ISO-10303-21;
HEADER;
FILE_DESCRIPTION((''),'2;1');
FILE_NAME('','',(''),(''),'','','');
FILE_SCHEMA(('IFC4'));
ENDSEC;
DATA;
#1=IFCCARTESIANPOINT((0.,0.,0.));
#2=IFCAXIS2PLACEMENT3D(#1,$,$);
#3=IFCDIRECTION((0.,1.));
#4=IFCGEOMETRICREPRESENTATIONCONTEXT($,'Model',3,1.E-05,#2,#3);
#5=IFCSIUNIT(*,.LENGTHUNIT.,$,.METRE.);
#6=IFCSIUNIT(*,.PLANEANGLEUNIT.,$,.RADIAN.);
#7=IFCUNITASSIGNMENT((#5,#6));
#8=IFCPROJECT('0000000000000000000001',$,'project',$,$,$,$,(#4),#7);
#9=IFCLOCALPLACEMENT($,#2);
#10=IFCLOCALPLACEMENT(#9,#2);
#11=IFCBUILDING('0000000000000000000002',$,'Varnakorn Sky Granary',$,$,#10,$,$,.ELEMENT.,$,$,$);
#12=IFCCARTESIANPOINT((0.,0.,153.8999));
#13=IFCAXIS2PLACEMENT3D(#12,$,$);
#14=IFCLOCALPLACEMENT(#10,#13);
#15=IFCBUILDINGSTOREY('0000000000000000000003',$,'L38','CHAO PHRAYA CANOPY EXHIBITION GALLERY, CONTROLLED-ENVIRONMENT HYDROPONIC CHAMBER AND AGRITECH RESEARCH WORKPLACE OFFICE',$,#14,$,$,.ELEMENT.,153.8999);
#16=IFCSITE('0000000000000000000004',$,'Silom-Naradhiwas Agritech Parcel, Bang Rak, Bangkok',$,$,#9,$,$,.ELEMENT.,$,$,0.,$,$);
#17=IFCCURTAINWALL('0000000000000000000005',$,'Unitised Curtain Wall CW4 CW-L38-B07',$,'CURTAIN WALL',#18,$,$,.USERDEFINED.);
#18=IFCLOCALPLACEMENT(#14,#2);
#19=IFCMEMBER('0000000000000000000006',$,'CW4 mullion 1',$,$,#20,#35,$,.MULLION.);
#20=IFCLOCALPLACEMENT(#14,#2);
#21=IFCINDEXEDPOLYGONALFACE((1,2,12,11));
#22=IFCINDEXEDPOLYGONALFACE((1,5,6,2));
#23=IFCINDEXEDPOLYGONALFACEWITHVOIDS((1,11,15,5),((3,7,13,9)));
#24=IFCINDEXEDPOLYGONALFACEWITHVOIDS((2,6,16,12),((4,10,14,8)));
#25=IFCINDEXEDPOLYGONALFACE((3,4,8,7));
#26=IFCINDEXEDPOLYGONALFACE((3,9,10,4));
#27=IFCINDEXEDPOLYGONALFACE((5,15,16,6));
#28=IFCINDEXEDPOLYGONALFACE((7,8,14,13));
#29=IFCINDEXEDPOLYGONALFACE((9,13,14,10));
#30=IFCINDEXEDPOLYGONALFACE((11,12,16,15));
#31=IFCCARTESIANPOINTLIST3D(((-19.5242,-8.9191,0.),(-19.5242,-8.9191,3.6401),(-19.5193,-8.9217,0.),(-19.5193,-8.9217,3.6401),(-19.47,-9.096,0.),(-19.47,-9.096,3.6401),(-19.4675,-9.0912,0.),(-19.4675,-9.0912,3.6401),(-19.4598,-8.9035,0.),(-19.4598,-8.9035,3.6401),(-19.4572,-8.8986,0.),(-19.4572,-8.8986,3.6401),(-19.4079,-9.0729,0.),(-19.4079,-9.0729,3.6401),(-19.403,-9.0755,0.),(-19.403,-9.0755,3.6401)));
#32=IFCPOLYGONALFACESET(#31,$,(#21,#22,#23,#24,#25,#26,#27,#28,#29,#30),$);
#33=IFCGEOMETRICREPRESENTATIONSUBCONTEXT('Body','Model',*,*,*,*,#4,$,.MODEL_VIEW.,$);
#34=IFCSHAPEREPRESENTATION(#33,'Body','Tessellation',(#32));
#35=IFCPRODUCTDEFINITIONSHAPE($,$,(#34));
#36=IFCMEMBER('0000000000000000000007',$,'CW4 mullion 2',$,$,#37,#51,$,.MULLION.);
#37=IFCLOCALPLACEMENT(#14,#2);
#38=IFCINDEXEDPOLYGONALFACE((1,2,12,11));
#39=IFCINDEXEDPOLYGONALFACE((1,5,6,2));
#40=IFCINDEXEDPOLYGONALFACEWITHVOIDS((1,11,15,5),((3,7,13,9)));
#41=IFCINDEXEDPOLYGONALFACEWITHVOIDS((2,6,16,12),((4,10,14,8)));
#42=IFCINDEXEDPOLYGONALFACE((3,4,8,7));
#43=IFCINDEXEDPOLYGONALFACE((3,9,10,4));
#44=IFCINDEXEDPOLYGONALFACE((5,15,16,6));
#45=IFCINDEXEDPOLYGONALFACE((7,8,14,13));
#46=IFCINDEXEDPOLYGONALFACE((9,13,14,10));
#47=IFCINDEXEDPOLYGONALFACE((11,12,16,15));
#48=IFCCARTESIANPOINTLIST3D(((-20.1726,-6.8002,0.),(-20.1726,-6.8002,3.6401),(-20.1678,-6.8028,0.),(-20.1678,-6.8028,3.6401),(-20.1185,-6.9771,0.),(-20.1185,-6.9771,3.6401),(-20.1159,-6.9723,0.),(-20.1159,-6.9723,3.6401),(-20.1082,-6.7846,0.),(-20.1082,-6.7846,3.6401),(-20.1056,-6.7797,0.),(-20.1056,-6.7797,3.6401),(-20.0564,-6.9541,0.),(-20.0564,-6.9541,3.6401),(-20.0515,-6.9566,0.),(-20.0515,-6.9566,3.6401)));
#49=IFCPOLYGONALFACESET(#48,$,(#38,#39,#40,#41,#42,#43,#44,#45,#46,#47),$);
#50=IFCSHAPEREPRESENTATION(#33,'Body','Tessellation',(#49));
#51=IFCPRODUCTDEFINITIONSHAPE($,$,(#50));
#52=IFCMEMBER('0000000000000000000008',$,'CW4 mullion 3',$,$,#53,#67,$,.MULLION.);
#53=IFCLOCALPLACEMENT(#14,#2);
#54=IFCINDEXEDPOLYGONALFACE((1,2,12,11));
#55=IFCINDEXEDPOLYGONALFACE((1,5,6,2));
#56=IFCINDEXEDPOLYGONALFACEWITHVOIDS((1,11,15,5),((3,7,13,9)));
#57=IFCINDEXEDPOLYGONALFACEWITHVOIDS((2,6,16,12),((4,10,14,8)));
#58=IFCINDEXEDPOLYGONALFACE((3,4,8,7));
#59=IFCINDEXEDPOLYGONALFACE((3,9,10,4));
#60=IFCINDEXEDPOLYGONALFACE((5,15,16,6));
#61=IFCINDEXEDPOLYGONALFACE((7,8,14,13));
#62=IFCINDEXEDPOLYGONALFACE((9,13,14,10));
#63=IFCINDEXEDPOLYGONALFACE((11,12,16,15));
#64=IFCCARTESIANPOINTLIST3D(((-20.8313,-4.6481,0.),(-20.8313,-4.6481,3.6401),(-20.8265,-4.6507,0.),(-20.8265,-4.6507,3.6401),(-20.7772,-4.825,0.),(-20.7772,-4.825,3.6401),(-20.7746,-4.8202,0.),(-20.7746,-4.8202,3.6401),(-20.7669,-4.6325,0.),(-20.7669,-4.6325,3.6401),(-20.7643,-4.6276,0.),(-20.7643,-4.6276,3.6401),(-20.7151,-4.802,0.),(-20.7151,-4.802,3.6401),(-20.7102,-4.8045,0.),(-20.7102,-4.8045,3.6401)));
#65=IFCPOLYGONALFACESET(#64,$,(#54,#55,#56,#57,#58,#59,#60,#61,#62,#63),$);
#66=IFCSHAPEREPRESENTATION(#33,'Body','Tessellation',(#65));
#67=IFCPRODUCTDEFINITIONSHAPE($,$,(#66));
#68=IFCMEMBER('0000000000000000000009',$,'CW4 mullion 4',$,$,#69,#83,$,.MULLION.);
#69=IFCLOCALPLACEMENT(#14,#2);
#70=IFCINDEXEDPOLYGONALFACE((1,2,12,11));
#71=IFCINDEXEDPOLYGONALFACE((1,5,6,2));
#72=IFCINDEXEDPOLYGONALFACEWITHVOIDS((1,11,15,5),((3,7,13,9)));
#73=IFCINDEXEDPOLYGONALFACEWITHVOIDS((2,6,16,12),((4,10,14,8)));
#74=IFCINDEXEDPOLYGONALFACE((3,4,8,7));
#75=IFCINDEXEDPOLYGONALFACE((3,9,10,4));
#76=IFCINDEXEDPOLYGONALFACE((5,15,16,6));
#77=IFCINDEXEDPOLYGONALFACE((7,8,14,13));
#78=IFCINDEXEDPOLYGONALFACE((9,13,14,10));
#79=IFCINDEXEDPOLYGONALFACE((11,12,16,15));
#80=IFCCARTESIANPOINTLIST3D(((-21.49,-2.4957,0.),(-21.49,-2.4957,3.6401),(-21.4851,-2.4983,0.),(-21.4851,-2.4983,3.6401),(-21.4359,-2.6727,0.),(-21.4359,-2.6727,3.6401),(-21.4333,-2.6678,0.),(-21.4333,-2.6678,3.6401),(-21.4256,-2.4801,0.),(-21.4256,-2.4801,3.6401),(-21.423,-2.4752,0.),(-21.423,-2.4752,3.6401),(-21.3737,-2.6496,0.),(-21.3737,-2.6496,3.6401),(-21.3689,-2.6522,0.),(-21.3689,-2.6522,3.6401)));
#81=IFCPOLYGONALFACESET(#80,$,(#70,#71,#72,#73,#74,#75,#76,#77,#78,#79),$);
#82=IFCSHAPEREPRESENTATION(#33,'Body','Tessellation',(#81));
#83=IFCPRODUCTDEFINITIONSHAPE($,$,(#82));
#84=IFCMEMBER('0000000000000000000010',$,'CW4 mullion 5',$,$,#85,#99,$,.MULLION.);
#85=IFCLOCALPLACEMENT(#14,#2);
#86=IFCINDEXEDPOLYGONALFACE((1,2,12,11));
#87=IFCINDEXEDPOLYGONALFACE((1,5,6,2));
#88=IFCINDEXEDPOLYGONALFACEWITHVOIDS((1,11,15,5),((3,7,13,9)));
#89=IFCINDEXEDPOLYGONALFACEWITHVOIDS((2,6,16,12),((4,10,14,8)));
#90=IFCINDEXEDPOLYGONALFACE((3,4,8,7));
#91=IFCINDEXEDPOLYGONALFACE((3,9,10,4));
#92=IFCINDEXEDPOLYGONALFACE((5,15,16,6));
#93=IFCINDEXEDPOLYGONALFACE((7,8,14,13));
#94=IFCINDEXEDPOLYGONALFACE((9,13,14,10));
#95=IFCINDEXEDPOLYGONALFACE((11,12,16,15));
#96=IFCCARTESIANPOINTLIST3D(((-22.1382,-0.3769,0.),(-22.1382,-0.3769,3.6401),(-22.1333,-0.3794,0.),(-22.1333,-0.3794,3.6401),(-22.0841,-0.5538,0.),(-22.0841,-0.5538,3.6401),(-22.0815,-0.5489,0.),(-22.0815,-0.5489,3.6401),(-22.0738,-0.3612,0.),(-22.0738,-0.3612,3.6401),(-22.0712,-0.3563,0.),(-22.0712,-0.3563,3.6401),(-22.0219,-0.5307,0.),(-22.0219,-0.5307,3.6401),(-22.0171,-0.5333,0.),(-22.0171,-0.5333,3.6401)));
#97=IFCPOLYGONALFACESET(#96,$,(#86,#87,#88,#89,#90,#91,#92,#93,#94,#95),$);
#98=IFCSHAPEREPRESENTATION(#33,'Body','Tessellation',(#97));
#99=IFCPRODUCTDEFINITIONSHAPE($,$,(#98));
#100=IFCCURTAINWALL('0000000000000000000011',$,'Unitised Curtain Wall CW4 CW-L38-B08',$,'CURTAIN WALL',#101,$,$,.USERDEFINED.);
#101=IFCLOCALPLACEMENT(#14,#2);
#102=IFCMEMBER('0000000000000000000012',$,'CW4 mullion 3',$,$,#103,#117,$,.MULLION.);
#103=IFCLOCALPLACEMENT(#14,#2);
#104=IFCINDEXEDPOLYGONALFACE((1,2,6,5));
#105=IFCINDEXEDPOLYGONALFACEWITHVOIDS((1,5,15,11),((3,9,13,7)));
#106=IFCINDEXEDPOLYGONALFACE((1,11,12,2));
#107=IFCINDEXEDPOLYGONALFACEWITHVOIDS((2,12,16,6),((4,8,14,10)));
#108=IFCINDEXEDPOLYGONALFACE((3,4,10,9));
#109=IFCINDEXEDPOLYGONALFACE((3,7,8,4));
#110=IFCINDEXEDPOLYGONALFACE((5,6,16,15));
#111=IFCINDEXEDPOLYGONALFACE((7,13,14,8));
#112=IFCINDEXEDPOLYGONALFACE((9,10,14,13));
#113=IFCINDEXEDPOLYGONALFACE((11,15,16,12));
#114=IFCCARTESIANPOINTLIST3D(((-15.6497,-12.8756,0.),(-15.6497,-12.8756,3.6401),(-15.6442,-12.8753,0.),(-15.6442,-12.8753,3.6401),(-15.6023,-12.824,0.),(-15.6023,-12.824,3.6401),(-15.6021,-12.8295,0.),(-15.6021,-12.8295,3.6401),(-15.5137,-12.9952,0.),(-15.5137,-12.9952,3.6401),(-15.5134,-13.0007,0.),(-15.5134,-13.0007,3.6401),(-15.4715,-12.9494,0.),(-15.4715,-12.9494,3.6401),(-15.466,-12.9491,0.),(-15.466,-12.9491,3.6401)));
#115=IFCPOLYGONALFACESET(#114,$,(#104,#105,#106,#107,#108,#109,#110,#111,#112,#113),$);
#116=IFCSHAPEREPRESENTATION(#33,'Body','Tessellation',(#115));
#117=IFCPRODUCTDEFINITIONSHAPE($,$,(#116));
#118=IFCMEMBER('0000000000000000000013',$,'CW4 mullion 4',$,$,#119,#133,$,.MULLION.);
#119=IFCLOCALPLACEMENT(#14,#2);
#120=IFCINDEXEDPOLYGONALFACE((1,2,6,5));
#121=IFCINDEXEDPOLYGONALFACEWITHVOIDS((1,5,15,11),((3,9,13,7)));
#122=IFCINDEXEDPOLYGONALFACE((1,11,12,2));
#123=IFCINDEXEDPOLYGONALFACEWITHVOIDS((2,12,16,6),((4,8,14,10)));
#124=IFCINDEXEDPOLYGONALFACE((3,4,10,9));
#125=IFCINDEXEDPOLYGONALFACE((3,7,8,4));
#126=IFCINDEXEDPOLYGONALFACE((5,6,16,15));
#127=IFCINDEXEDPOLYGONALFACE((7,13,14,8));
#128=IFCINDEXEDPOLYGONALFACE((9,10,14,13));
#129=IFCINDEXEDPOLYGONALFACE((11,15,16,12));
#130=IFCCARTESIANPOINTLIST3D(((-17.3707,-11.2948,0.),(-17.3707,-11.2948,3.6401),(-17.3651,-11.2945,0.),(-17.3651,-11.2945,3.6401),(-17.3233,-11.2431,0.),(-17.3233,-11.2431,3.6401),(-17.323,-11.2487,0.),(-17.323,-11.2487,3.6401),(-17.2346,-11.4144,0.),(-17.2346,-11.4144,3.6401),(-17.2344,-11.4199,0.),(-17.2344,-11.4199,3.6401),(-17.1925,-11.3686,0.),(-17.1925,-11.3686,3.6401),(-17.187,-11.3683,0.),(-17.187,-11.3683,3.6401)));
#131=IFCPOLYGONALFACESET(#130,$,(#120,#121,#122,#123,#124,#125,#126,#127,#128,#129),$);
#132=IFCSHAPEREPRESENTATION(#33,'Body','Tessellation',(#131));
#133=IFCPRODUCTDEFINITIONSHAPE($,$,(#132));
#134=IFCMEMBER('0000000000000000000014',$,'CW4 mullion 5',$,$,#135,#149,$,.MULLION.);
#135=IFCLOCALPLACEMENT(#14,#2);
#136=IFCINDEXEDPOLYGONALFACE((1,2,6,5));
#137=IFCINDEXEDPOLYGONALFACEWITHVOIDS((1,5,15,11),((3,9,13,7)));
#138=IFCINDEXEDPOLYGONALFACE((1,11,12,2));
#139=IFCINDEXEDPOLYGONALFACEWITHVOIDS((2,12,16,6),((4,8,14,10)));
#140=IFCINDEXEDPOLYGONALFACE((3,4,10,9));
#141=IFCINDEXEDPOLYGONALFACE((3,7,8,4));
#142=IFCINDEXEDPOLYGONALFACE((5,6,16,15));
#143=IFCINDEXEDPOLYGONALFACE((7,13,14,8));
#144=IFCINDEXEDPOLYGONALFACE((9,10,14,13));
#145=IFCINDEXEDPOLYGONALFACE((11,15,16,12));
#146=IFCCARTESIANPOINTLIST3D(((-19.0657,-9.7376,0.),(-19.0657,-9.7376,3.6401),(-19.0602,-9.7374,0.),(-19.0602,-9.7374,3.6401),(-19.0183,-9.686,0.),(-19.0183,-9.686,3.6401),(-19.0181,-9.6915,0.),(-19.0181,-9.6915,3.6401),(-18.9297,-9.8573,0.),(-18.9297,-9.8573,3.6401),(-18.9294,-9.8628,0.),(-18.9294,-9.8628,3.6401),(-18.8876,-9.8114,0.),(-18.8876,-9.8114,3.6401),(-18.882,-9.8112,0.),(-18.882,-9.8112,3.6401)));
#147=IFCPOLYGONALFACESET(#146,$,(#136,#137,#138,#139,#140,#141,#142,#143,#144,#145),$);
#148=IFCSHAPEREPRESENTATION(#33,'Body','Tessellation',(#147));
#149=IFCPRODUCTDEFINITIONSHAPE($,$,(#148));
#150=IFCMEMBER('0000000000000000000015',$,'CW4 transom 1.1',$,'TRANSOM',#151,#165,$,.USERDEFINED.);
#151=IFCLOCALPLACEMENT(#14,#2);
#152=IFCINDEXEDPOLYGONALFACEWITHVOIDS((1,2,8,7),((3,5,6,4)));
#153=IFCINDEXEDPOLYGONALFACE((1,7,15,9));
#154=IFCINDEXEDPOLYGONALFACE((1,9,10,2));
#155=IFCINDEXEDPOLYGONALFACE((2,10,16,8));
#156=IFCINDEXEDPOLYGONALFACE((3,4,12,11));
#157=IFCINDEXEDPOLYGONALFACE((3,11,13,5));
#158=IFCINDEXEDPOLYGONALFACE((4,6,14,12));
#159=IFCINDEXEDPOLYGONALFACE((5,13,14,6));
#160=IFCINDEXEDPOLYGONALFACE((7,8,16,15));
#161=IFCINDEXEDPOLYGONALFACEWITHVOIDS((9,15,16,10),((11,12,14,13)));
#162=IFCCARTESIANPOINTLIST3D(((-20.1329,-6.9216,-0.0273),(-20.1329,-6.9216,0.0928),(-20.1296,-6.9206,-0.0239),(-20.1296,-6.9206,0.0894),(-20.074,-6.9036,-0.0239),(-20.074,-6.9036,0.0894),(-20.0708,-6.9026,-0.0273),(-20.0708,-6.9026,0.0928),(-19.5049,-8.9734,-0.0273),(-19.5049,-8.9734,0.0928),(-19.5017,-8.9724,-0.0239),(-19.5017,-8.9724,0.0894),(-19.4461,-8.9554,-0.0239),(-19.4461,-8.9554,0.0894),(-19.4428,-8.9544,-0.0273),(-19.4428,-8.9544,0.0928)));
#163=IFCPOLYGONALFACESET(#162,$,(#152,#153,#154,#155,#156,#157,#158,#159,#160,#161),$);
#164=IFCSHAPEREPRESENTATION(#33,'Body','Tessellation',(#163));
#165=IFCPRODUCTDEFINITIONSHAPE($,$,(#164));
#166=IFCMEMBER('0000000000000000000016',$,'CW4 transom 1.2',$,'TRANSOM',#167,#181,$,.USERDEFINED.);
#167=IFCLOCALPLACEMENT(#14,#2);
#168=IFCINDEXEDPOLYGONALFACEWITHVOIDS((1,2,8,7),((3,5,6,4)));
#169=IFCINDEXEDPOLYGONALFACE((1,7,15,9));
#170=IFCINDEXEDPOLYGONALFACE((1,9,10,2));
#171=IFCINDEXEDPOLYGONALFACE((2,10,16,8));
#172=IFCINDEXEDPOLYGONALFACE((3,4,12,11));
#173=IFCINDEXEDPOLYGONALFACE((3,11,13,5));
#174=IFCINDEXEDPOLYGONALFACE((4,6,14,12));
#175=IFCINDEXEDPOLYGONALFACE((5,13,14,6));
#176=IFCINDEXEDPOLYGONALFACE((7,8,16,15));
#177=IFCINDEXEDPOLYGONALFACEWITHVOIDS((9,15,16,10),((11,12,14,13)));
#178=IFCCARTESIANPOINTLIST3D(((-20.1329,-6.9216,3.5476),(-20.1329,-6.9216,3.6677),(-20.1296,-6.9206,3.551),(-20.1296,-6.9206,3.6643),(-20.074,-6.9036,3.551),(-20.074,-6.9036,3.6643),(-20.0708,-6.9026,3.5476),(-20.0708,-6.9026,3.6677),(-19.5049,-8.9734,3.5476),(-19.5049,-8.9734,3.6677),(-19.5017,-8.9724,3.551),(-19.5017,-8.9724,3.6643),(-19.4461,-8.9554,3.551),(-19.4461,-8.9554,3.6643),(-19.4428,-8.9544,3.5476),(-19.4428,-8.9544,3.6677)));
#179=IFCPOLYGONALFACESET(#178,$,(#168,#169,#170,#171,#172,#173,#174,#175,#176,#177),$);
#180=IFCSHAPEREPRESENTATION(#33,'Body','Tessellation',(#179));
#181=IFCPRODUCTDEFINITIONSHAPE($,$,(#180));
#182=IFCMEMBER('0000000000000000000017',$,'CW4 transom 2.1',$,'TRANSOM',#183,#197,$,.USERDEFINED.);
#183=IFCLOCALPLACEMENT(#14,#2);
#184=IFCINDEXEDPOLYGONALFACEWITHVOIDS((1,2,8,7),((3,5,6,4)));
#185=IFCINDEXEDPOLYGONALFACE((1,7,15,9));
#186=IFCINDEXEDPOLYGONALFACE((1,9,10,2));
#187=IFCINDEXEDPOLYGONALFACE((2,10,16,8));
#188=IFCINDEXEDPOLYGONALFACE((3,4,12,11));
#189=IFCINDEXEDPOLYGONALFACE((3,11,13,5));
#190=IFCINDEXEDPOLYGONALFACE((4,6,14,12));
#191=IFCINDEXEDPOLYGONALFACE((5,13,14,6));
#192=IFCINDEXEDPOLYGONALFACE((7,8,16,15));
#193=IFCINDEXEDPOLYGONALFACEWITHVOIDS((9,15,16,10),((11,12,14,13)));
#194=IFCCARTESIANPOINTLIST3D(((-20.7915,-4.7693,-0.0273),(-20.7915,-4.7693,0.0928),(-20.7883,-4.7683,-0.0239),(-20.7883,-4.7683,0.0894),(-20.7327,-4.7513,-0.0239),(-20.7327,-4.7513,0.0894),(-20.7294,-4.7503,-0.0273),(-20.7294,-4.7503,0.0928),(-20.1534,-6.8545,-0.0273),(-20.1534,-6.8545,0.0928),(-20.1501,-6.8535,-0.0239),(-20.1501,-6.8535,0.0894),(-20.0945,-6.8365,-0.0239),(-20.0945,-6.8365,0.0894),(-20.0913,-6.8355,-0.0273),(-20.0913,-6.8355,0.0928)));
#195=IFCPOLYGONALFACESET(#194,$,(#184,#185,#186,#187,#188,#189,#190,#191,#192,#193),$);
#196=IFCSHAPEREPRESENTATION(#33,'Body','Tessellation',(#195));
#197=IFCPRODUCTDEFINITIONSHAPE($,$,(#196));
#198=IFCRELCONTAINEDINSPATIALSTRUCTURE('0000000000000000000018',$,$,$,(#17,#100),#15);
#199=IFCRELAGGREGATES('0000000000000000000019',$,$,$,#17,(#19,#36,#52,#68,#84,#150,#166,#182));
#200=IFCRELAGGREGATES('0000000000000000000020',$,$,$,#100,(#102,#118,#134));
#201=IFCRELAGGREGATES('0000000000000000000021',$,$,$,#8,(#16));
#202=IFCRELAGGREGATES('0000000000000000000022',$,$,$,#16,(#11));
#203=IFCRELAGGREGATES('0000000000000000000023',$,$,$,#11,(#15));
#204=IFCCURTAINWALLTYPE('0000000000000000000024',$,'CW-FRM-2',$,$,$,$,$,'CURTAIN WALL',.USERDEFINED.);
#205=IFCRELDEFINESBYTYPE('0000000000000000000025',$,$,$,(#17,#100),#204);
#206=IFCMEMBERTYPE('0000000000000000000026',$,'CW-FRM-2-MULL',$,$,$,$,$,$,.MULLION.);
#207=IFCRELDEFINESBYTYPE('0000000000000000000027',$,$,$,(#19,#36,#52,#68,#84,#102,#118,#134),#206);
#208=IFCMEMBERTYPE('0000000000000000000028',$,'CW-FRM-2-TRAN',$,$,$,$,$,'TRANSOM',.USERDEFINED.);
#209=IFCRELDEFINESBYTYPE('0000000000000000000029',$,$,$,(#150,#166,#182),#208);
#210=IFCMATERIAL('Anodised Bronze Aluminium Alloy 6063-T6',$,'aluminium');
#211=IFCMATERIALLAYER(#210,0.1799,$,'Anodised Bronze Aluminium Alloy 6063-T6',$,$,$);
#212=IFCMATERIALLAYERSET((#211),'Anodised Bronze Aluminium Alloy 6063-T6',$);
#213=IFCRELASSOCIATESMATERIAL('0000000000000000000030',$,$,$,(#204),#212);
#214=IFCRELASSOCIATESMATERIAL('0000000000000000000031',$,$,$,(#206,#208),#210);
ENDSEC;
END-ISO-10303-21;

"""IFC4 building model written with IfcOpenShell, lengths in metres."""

from ifc_helpers import new_model, si_unit, direction, frame, origin, origin_2d, place, context, subcontext, project, spatial, hollow_rectangle, extrude, material, layer, layer_set, material_profile, profile_set, type_object, element, aggregate, save


model = new_model("IFC4")

# Units and contexts
model_context = context("Model", 3, precision=1e-05, world=origin(), true_north=direction((0.0, 1.0)))
body_context = subcontext(model_context, "Body", "Model", "MODEL_VIEW")
ifc_project = project(units=[si_unit("LENGTHUNIT", "METRE"), si_unit("PLANEANGLEUNIT", "RADIAN")], contexts=[model_context])

# Site, building, storey
site_placement = place(None, origin())
site = spatial("IfcSite", under=ifc_project, at=site_placement, Name="Silom-Naradhiwas Agritech Parcel, Bang Rak, Bangkok", CompositionType="ELEMENT", RefElevation=0.0)
building_placement = place(site_placement, origin())
building = spatial("IfcBuilding", under=site, at=building_placement, Name="Varnakorn Sky Granary", CompositionType="ELEMENT")
storey_placement = place(building_placement, frame((0.0, 0.0, 153.8999)))
storey = spatial("IfcBuildingStorey", under=building, at=storey_placement, Name="L38", Description="CHAO PHRAYA CANOPY EXHIBITION GALLERY, CONTROLLED-ENVIRONMENT HYDROPONIC CHAMBER AND AGRITECH RESEARCH WORKPLACE OFFICE", CompositionType="ELEMENT", Elevation=153.8999)

# Curtain walls, members
ifc_material_1 = material(Name="Anodised Bronze Aluminium Alloy 6063-T6", Category="aluminium")
ifc_layer_1 = layer(ifc_material_1, 0.1799, Name="Anodised Bronze Aluminium Alloy 6063-T6")
ifc_layer_set_1 = layer_set([ifc_layer_1], Name="Anodised Bronze Aluminium Alloy 6063-T6")
curtain_wall_type = type_object("IfcCurtainWallType", Name="CW-FRM-2", ElementType="CURTAIN WALL", PredefinedType="USERDEFINED", material=ifc_layer_set_1)
curtain_wall_1_placement = place(storey_placement, origin())
curtain_wall_1 = element("IfcCurtainWall", 1, at=curtain_wall_1_placement, inside=storey, type_object=curtain_wall_type, Name="Unitised Curtain Wall CW4 CW-L38-B07", ObjectType="CURTAIN WALL", PredefinedType="USERDEFINED")
ifc_material_profile_1 = material_profile(ifc_material_1, hollow_rectangle(XDim=0.0701, YDim=0.1851, WallThickness=0.0039, at=origin_2d()), Name="ALU MULL 70x185")
ifc_profile_set_1 = profile_set([ifc_material_profile_1], Name="Anodised Bronze Aluminium Alloy 6063-T6")
member_type_1 = type_object("IfcMemberType", Name="CW-FRM-2-MULL", PredefinedType="MULLION", material=ifc_profile_set_1)
member_1_placement = place(storey_placement, frame((-19.4636, -8.9973, 0.0), z_axis=(0.0, 0.0, 1.0), x_axis=(-0.956229, -0.292619, 0.0)))
member_1 = element("IfcMember", 2, at=member_1_placement, type_object=member_type_1, Name="CW4 mullion 1", PredefinedType="MULLION", context=body_context, shape_type="SweptSolid", body=[
    extrude(hollow_rectangle(XDim=0.0701, YDim=0.1851, WallThickness=0.0039, at=origin_2d()), origin(), (0.0, 0.0, 1.0), 3.6401),
])
member_2_placement = place(storey_placement, frame((-20.1121, -6.8784, 0.0), z_axis=(0.0, 0.0, 1.0), x_axis=(-0.956229, -0.292619, 0.0)))
member_2 = element("IfcMember", 3, at=member_2_placement, type_object=member_type_1, Name="CW4 mullion 2", PredefinedType="MULLION", context=body_context, shape_type="SweptSolid", body=[
    extrude(hollow_rectangle(XDim=0.0701, YDim=0.1851, WallThickness=0.0039, at=origin_2d()), origin(), (0.0, 0.0, 1.0), 3.6401),
])
member_3_placement = place(storey_placement, frame((-20.7708, -4.7263, 0.0), z_axis=(0.0, 0.0, 1.0), x_axis=(-0.956229, -0.292619, 0.0)))
member_3 = element("IfcMember", 4, at=member_3_placement, type_object=member_type_1, Name="CW4 mullion 3", PredefinedType="MULLION", context=body_context, shape_type="SweptSolid", body=[
    extrude(hollow_rectangle(XDim=0.0701, YDim=0.1851, WallThickness=0.0039, at=origin_2d()), origin(), (0.0, 0.0, 1.0), 3.6401),
])
member_4_placement = place(storey_placement, frame((-21.4294, -2.574, 0.0), z_axis=(0.0, 0.0, 1.0), x_axis=(-0.956229, -0.292619, 0.0)))
member_4 = element("IfcMember", 5, at=member_4_placement, type_object=member_type_1, Name="CW4 mullion 4", PredefinedType="MULLION", context=body_context, shape_type="SweptSolid", body=[
    extrude(hollow_rectangle(XDim=0.0701, YDim=0.1851, WallThickness=0.0039, at=origin_2d()), origin(), (0.0, 0.0, 1.0), 3.6401),
])
member_5_placement = place(storey_placement, frame((-22.0776, -0.4551, 0.0), z_axis=(0.0, 0.0, 1.0), x_axis=(-0.956229, -0.292619, 0.0)))
member_5 = element("IfcMember", 6, at=member_5_placement, type_object=member_type_1, Name="CW4 mullion 5", PredefinedType="MULLION", context=body_context, shape_type="SweptSolid", body=[
    extrude(hollow_rectangle(XDim=0.0701, YDim=0.1851, WallThickness=0.0039, at=origin_2d()), origin(), (0.0, 0.0, 1.0), 3.6401),
])
curtain_wall_2_placement = place(storey_placement, origin())
curtain_wall_2 = element("IfcCurtainWall", 7, at=curtain_wall_2_placement, inside=storey, type_object=curtain_wall_type, Name="Unitised Curtain Wall CW4 CW-L38-B08", ObjectType="CURTAIN WALL", PredefinedType="USERDEFINED")
member_6_placement = place(storey_placement, frame((-15.5579, -12.9124, 0.0), z_axis=(0.0, 0.0, 1.0), x_axis=(-0.676472, -0.736469, 0.0)))
member_6 = element("IfcMember", 8, at=member_6_placement, type_object=member_type_1, Name="CW4 mullion 3", PredefinedType="MULLION", context=body_context, shape_type="SweptSolid", body=[
    extrude(hollow_rectangle(XDim=0.0701, YDim=0.1851, WallThickness=0.0039, at=origin_2d()), origin(), (0.0, 0.0, 1.0), 3.6401),
])
member_7_placement = place(storey_placement, frame((-17.2788, -11.3315, 0.0), z_axis=(0.0, 0.0, 1.0), x_axis=(-0.676472, -0.736469, 0.0)))
member_7 = element("IfcMember", 9, at=member_7_placement, type_object=member_type_1, Name="CW4 mullion 4", PredefinedType="MULLION", context=body_context, shape_type="SweptSolid", body=[
    extrude(hollow_rectangle(XDim=0.0701, YDim=0.1851, WallThickness=0.0039, at=origin_2d()), origin(), (0.0, 0.0, 1.0), 3.6401),
])
member_8_placement = place(storey_placement, frame((-18.9739, -9.7744, 0.0), z_axis=(0.0, 0.0, 1.0), x_axis=(-0.676472, -0.736469, 0.0)))
member_8 = element("IfcMember", 10, at=member_8_placement, type_object=member_type_1, Name="CW4 mullion 5", PredefinedType="MULLION", context=body_context, shape_type="SweptSolid", body=[
    extrude(hollow_rectangle(XDim=0.0701, YDim=0.1851, WallThickness=0.0039, at=origin_2d()), origin(), (0.0, 0.0, 1.0), 3.6401),
])

# Members
ifc_material_profile_2 = material_profile(ifc_material_1, hollow_rectangle(XDim=0.0649, YDim=0.1201, WallThickness=0.0034, at=origin_2d()), Name="ALU TRAN 65x120")
ifc_profile_set_2 = profile_set([ifc_material_profile_2], Name="Anodised Bronze Aluminium Alloy 6063-T6")
member_type_2 = type_object("IfcMemberType", Name="CW-FRM-2-TRAN", ElementType="TRANSOM", PredefinedType="USERDEFINED", material=ifc_profile_set_2)
member_9_placement = place(storey_placement, frame((-19.4739, -8.9639, 0.0327), z_axis=(-0.292646, 0.956221, 0.0), x_axis=(-0.956221, -0.292646, 0.0)))
member_9 = element("IfcMember", 11, at=member_9_placement, type_object=member_type_2, Name="CW4 transom 1.1", ObjectType="TRANSOM", PredefinedType="USERDEFINED", context=body_context, shape_type="SweptSolid", body=[
    extrude(hollow_rectangle(XDim=0.0649, YDim=0.1201, WallThickness=0.0034, at=origin_2d()), origin(), (0.0, 0.0, 1.0), 2.1458),
])
member_10_placement = place(storey_placement, frame((-19.4739, -8.9639, 3.6077), z_axis=(-0.292646, 0.956221, 0.0), x_axis=(-0.956221, -0.292646, 0.0)))
member_10 = element("IfcMember", 12, at=member_10_placement, type_object=member_type_2, Name="CW4 transom 1.2", ObjectType="TRANSOM", PredefinedType="USERDEFINED", context=body_context, shape_type="SweptSolid", body=[
    extrude(hollow_rectangle(XDim=0.0649, YDim=0.1201, WallThickness=0.0034, at=origin_2d()), origin(), (0.0, 0.0, 1.0), 2.1458),
])
member_11_placement = place(storey_placement, frame((-20.1223, -6.845, 0.0327), z_axis=(-0.292654, 0.956218, 0.0), x_axis=(-0.956218, -0.292654, 0.0)))
member_11 = element("IfcMember", 13, at=member_11_placement, type_object=member_type_2, Name="CW4 transom 2.1", ObjectType="TRANSOM", PredefinedType="USERDEFINED", context=body_context, shape_type="SweptSolid", body=[
    extrude(hollow_rectangle(XDim=0.0649, YDim=0.1201, WallThickness=0.0034, at=origin_2d()), origin(), (0.0, 0.0, 1.0), 2.1807),
])

aggregate(curtain_wall_1, [member_1, member_2, member_3, member_4, member_5, member_9, member_10, member_11])
aggregate(curtain_wall_2, [member_6, member_7, member_8])

save(model, "model.ifc")
